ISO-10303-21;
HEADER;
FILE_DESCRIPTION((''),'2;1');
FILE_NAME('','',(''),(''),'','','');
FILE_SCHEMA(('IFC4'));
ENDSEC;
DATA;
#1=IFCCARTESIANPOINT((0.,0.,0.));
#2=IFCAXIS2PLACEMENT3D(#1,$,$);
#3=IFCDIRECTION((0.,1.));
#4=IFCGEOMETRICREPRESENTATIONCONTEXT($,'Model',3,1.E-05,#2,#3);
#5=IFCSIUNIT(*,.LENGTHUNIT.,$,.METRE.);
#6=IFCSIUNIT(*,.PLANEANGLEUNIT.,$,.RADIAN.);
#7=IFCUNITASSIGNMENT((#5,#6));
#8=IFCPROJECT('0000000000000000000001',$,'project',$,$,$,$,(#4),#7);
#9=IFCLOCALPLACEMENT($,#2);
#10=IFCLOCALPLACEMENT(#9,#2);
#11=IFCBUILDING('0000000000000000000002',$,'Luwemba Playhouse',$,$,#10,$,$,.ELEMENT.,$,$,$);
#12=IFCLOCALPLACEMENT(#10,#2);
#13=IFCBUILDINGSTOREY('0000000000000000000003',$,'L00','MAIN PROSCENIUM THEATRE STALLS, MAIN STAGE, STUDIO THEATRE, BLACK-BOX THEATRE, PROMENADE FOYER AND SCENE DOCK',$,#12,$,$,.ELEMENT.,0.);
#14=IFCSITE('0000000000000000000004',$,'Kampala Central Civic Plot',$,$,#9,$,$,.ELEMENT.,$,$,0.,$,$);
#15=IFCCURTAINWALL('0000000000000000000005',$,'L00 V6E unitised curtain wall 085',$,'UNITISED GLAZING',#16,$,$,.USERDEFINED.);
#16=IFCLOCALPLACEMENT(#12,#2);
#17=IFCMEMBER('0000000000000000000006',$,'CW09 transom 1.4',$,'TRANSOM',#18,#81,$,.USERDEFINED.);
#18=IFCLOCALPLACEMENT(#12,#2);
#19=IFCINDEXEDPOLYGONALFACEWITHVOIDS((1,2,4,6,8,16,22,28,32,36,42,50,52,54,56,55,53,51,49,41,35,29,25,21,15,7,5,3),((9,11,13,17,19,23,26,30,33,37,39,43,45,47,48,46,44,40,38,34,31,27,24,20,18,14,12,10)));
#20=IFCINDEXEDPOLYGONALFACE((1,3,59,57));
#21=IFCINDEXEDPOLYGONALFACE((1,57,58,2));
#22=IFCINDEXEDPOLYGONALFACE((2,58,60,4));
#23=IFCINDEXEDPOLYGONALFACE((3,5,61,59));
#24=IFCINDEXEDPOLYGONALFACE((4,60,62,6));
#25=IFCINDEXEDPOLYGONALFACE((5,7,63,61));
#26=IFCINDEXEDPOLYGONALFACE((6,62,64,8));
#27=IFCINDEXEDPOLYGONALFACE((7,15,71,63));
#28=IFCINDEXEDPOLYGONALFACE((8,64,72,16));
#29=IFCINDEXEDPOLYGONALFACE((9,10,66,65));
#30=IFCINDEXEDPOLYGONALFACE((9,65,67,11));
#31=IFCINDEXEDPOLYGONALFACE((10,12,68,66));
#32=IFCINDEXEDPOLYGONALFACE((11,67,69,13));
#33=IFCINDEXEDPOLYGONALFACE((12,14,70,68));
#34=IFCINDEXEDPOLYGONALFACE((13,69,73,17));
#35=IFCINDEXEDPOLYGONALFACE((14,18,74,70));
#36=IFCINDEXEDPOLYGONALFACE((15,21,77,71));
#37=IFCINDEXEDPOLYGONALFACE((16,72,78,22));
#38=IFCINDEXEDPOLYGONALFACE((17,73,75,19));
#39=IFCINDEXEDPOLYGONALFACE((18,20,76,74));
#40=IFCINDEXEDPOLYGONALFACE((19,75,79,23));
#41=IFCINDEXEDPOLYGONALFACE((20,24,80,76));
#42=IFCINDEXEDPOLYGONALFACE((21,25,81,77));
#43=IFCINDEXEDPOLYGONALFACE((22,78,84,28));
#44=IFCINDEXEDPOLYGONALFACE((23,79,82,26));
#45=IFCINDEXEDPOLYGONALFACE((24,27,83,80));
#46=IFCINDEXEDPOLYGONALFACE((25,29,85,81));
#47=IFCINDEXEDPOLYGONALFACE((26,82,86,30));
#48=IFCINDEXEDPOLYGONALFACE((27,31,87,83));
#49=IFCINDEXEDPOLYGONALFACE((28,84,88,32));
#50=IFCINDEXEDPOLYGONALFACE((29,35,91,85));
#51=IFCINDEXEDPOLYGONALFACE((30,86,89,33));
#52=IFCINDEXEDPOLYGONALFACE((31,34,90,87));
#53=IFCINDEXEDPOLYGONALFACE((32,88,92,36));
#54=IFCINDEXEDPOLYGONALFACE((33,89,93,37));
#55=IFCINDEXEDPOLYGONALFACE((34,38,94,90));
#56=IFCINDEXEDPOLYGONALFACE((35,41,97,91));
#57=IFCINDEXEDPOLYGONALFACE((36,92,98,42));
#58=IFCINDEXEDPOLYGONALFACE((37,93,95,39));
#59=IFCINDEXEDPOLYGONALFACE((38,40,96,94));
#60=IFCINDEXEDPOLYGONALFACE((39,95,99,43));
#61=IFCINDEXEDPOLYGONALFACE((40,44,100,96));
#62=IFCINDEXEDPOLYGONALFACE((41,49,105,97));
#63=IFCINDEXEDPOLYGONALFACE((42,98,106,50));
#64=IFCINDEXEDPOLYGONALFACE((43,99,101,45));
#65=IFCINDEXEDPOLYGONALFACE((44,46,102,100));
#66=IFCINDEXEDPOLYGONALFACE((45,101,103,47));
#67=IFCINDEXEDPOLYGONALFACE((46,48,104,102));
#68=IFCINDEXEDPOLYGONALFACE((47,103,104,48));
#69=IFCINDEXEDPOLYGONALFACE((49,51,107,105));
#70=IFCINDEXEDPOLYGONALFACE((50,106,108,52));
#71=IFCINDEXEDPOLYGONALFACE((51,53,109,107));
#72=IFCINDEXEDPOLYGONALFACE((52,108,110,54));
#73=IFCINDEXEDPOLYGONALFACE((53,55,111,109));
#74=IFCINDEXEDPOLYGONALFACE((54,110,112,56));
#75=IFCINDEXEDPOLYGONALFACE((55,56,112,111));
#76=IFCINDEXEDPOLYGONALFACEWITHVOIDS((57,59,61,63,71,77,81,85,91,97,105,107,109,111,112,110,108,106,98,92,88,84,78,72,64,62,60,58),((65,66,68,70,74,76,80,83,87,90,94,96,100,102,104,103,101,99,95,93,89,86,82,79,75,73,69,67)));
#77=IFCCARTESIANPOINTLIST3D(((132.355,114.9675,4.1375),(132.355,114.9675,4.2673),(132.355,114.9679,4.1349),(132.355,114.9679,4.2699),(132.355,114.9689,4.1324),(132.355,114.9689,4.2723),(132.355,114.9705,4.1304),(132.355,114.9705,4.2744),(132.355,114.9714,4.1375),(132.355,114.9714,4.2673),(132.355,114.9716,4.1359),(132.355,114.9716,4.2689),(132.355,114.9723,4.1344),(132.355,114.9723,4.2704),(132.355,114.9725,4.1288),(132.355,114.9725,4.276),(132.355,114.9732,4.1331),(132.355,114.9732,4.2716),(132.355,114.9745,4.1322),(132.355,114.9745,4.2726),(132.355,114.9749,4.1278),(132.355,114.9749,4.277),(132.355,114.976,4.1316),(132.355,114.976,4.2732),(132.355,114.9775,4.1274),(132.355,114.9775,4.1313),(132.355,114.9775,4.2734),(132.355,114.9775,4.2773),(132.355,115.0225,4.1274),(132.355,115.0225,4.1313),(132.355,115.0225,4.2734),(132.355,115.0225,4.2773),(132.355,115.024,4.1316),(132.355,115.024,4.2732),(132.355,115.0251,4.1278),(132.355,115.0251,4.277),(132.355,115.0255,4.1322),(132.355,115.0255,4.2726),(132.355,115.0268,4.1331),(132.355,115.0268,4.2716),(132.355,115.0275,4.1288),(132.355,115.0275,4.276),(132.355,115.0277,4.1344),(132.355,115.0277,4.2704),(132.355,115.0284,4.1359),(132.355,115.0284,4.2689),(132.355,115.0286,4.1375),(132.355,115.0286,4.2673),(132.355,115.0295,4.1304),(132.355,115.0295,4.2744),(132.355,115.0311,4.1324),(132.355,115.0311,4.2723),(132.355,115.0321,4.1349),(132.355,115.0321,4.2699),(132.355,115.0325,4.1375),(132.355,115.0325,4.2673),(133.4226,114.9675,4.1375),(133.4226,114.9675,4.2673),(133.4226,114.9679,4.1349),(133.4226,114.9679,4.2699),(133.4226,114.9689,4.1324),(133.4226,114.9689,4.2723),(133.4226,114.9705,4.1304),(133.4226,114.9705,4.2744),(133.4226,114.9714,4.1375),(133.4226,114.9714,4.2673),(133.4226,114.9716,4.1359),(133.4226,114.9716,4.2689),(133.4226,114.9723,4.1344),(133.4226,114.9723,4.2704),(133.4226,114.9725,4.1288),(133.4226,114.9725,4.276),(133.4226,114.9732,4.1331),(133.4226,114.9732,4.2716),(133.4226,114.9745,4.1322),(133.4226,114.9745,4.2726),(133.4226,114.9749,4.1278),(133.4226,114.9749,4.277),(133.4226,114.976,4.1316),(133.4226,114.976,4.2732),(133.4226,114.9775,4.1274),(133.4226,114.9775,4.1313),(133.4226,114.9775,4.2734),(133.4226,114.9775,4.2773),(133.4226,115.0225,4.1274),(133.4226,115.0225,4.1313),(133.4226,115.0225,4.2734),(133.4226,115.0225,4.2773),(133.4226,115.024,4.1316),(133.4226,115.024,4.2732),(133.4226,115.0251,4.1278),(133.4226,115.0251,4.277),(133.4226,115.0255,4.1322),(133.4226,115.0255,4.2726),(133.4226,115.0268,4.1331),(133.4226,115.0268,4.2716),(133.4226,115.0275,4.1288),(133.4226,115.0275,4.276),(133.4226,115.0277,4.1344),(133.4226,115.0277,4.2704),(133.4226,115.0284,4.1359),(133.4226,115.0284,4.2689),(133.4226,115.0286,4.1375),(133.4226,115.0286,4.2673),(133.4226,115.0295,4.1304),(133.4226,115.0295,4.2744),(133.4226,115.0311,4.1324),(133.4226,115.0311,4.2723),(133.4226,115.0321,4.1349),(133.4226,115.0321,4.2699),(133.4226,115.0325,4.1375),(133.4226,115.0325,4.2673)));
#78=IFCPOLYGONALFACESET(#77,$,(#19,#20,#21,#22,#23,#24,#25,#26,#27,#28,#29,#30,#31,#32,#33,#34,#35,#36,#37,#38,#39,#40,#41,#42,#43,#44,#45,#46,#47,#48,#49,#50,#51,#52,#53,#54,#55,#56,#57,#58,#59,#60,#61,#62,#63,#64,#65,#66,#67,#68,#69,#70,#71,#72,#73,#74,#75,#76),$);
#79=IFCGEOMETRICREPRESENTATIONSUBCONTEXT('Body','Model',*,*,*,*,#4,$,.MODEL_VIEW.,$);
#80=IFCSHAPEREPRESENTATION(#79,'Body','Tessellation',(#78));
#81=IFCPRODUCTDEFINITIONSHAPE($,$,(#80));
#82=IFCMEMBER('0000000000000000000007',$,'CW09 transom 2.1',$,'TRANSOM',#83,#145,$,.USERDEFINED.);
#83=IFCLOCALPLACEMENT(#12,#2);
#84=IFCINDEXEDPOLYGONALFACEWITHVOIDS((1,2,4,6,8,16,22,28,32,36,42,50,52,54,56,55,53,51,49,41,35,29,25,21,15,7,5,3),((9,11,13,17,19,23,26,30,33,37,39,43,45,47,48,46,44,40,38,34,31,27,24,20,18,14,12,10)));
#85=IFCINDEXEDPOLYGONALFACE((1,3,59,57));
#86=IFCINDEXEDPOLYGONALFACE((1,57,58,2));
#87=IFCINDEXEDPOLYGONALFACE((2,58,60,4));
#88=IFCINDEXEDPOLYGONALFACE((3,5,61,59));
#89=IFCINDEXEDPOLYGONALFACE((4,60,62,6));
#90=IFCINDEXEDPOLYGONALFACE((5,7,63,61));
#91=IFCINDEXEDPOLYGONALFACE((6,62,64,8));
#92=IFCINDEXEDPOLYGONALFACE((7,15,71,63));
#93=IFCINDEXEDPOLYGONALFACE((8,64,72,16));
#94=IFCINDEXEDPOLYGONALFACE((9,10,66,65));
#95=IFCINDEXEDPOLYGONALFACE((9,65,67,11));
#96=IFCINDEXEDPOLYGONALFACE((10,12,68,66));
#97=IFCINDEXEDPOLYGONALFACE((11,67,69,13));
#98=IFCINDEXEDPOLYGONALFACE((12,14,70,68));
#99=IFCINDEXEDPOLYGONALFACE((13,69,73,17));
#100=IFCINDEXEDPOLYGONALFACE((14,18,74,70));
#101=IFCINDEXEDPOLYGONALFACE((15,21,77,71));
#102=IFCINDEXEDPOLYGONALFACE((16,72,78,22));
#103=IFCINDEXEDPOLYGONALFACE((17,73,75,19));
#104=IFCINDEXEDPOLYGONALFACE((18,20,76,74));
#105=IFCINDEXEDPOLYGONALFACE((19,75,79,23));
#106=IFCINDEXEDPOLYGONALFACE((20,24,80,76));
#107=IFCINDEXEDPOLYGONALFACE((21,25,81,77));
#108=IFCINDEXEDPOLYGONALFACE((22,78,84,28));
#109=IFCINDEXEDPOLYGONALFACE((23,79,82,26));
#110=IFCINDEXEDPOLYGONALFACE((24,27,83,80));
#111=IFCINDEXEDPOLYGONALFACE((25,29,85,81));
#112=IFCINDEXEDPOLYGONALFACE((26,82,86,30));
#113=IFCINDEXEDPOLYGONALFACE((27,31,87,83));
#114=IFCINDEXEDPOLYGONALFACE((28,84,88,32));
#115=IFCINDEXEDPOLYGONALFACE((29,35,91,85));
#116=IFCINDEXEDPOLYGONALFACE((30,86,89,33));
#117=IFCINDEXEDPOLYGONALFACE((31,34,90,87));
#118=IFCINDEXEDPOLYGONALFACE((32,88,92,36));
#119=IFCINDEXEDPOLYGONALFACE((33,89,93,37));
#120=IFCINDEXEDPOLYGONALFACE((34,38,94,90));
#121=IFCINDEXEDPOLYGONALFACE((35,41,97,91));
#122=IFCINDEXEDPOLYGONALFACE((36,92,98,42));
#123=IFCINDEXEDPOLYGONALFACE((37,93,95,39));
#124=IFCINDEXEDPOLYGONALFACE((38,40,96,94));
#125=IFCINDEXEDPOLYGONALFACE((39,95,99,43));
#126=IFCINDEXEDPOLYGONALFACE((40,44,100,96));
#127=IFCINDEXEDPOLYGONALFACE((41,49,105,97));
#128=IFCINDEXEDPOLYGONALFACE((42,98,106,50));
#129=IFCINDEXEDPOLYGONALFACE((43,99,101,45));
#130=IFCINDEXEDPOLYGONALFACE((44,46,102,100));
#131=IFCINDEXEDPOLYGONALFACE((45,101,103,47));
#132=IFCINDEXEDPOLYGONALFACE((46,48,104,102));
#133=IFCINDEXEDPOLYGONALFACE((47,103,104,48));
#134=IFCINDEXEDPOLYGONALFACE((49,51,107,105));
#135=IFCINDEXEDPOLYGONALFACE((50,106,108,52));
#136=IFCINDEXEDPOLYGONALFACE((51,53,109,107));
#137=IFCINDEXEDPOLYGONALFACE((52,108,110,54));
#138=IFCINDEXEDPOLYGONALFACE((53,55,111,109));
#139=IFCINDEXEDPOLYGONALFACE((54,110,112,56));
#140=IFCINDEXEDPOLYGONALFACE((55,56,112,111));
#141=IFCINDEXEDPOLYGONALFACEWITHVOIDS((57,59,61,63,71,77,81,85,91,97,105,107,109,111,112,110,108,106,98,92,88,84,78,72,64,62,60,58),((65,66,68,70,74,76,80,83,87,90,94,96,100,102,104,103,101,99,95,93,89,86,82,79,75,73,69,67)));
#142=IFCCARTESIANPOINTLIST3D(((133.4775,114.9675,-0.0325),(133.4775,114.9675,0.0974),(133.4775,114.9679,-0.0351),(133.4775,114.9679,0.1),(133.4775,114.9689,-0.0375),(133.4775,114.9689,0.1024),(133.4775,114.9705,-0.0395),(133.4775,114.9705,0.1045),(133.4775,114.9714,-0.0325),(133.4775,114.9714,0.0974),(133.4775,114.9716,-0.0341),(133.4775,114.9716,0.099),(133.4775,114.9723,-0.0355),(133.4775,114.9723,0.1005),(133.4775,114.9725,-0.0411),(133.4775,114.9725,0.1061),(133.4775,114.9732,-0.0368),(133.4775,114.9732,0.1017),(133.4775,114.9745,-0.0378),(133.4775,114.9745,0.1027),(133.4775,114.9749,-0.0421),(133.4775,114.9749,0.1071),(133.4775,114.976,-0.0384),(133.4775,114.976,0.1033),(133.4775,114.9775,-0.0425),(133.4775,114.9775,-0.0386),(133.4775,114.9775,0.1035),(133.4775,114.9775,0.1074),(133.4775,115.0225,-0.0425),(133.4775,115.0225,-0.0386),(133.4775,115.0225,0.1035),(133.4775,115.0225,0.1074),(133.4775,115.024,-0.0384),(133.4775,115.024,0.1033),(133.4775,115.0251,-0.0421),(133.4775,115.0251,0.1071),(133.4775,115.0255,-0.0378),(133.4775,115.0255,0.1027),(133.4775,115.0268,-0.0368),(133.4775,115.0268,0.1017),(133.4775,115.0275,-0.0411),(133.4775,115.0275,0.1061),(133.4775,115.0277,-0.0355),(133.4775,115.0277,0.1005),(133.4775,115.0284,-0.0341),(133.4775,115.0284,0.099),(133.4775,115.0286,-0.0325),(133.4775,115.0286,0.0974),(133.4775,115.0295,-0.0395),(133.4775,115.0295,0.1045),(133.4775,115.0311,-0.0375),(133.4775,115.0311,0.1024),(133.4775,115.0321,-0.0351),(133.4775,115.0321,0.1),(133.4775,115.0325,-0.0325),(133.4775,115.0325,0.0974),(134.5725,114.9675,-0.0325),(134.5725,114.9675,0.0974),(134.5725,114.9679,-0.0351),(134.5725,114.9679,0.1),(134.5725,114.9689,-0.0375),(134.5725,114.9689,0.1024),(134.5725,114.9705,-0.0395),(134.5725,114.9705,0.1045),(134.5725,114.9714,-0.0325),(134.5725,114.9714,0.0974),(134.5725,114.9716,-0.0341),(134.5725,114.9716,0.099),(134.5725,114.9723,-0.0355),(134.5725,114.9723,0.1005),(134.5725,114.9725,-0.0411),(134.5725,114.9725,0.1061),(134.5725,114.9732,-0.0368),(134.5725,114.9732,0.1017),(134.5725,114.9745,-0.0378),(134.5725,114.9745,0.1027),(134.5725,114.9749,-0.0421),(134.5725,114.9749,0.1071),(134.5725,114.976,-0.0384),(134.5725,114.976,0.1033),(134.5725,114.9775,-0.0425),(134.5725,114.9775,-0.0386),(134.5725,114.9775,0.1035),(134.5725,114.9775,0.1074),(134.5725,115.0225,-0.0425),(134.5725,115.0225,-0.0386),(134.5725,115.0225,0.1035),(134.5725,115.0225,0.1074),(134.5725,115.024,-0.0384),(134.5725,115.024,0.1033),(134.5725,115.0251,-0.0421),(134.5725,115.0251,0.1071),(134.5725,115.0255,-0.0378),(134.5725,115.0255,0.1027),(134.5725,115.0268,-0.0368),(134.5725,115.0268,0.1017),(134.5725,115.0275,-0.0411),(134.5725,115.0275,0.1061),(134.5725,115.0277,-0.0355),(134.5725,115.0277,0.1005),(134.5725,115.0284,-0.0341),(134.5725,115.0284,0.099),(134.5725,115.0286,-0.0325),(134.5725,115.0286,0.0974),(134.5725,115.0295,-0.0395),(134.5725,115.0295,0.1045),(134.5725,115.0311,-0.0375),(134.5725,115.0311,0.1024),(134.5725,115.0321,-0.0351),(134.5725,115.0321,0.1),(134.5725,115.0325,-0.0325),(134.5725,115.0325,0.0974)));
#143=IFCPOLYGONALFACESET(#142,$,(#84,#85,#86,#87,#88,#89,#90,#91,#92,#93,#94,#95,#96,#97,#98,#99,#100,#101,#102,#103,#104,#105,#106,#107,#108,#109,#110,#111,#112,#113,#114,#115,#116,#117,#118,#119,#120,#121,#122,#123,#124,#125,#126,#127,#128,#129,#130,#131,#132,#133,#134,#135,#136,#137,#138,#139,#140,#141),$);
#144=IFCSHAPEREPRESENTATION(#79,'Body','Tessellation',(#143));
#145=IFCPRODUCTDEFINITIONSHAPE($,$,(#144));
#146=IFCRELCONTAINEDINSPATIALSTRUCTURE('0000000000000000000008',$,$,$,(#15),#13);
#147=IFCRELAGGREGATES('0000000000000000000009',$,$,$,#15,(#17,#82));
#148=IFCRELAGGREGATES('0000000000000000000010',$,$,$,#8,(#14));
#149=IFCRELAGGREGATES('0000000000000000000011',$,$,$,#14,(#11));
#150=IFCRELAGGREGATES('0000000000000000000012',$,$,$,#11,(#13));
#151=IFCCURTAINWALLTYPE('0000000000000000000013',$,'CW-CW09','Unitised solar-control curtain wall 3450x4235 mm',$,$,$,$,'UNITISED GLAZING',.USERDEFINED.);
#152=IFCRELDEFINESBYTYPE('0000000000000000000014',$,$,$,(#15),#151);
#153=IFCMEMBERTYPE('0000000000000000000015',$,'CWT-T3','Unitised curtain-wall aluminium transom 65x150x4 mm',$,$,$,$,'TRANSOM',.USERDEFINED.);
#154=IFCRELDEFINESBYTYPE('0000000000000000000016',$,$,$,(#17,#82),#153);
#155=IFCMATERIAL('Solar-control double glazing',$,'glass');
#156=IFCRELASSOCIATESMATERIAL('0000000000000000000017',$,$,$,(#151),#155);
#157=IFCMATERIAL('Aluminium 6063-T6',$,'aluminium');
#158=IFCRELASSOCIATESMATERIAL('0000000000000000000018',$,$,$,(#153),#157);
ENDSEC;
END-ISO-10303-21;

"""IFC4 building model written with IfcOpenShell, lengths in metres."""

from ifc_helpers import new_model, si_unit, direction, frame, origin, origin_2d, place, context, subcontext, project, spatial, hollow_rectangle, extrude, material, material_profile, profile_set, type_object, element, aggregate, save


model = new_model("IFC4")

# Units and contexts
model_context = context("Model", 3, precision=1e-05, world=origin(), true_north=direction((0.0, 1.0)))
body_context = subcontext(model_context, "Body", "Model", "MODEL_VIEW")
ifc_project = project(units=[si_unit("LENGTHUNIT", "METRE"), si_unit("PLANEANGLEUNIT", "RADIAN")], contexts=[model_context])

# Site, building, storey
site_placement = place(None, origin())
site = spatial("IfcSite", under=ifc_project, at=site_placement, Name="Kampala Central Civic Plot", CompositionType="ELEMENT", RefElevation=0.0)
building_placement = place(site_placement, origin())
building = spatial("IfcBuilding", under=site, at=building_placement, Name="Luwemba Playhouse", CompositionType="ELEMENT")
storey_placement = place(building_placement, origin())
storey = spatial("IfcBuildingStorey", under=building, at=storey_placement, Name="L00", Description="MAIN PROSCENIUM THEATRE STALLS, MAIN STAGE, STUDIO THEATRE, BLACK-BOX THEATRE, PROMENADE FOYER AND SCENE DOCK", CompositionType="ELEMENT", Elevation=0.0)

# Curtain wall, members
ifc_material_1 = material(Name="Solar-control double glazing", Category="glass")
curtain_wall_type = type_object("IfcCurtainWallType", Name="CW-CW09", Description="Unitised solar-control curtain wall 3450x4235 mm", ElementType="UNITISED GLAZING", PredefinedType="USERDEFINED", material=ifc_material_1)
curtain_wall_placement = place(storey_placement, origin())
curtain_wall = element("IfcCurtainWall", 1, at=curtain_wall_placement, inside=storey, type_object=curtain_wall_type, Name="L00 V6E unitised curtain wall 085", ObjectType="UNITISED GLAZING", PredefinedType="USERDEFINED")
ifc_material_2 = material(Name="Aluminium 6063-T6", Category="aluminium")
ifc_material_profile_1 = material_profile(ifc_material_2, hollow_rectangle(XDim=0.0649, YDim=0.1499, WallThickness=0.0039, InnerFilletRadius=0.0061, OuterFilletRadius=0.01, at=origin_2d()))
ifc_profile_set_1 = profile_set([ifc_material_profile_1], Name="Aluminium 6063-T6")
member_type_1 = type_object("IfcMemberType", Name="CWT-T3", Description="Unitised curtain-wall aluminium transom 65x150x4 mm", ElementType="TRANSOM", PredefinedType="USERDEFINED", material=ifc_profile_set_1)
member_1_placement = place(storey_placement, frame((132.355, 115.0, 4.2024), z_axis=(1.0, 0.0, 0.0), x_axis=(0.0, 1.0, 0.0)))
member_1 = element("IfcMember", 2, at=member_1_placement, type_object=member_type_1, Name="CW09 transom 1.4", ObjectType="TRANSOM", PredefinedType="USERDEFINED", context=body_context, shape_type="SweptSolid", body=[
    extrude(hollow_rectangle(XDim=0.0649, YDim=0.1499, WallThickness=0.0039, InnerFilletRadius=0.0061, OuterFilletRadius=0.01, at=origin_2d()), origin(), (0.0, 0.0, 1.0), 1.0676),
])
member_2_placement = place(storey_placement, frame((133.4775, 115.0, 0.0325), z_axis=(1.0, 0.0, 0.0), x_axis=(0.0, 1.0, 0.0)))
member_2 = element("IfcMember", 3, at=member_2_placement, type_object=member_type_1, Name="CW09 transom 2.1", ObjectType="TRANSOM", PredefinedType="USERDEFINED", context=body_context, shape_type="SweptSolid", body=[
    extrude(hollow_rectangle(XDim=0.0649, YDim=0.1499, WallThickness=0.0039, InnerFilletRadius=0.0061, OuterFilletRadius=0.01, at=origin_2d()), origin(), (0.0, 0.0, 1.0), 1.095),
])
aggregate(curtain_wall, [member_1, member_2])

save(model, "model.ifc")
